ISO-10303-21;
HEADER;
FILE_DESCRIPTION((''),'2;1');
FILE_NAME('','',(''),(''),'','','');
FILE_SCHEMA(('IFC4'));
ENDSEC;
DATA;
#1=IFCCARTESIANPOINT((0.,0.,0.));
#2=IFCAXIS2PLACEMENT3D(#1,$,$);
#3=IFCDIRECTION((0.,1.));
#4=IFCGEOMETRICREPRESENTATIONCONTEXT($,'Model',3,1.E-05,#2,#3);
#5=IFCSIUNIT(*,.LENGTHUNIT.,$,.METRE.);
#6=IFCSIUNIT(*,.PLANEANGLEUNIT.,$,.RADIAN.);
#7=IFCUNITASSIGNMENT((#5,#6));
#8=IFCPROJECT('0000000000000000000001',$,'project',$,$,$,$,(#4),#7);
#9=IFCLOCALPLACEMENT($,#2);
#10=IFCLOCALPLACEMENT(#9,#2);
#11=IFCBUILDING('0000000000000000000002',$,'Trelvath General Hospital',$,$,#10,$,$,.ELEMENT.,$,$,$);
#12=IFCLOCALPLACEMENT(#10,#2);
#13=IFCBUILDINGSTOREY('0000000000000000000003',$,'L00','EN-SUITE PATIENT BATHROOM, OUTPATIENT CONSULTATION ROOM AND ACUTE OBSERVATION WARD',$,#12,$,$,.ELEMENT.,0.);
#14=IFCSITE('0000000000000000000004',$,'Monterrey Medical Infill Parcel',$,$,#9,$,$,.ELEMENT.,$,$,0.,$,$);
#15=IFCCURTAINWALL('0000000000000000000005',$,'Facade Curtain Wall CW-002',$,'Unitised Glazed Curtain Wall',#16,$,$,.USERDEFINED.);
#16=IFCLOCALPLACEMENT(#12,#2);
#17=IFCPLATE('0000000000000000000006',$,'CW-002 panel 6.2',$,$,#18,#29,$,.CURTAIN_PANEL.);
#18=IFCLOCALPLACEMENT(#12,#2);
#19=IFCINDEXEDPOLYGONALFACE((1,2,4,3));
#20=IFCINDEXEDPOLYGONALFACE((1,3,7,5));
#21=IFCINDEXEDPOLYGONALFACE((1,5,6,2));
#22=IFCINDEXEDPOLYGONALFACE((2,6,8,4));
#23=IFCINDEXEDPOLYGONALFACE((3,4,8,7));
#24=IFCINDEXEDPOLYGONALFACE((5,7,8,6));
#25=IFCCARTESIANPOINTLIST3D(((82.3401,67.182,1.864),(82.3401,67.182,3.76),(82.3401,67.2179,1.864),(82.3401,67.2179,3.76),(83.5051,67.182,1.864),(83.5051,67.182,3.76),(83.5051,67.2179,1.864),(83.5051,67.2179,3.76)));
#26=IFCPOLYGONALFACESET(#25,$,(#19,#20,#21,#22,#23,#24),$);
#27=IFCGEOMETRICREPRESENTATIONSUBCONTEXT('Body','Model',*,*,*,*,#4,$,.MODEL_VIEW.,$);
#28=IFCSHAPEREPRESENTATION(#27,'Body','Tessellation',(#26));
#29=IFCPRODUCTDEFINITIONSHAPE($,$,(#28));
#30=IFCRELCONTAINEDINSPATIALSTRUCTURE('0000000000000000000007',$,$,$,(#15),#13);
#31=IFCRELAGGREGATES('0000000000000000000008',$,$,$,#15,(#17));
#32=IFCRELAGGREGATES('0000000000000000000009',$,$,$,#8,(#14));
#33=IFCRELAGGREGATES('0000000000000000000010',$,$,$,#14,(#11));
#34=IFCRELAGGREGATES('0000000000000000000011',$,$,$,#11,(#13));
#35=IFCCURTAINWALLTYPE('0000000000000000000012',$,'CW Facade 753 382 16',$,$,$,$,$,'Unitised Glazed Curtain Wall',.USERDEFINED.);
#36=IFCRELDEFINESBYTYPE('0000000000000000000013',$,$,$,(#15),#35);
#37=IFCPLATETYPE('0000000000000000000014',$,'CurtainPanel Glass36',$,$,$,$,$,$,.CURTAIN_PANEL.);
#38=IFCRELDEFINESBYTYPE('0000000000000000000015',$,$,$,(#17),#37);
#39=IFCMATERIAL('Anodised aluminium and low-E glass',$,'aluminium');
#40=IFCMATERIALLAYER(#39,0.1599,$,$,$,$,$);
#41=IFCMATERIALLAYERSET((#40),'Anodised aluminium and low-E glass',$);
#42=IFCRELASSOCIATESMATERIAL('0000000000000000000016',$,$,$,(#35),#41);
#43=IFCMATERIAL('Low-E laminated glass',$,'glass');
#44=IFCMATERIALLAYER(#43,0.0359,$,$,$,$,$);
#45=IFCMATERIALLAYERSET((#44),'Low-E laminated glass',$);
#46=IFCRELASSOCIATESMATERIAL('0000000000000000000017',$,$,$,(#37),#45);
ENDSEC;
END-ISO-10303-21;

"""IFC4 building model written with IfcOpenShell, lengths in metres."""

from ifc_helpers import new_model, si_unit, direction, frame, origin, origin_2d, place, context, subcontext, project, spatial, rectangle, extrude, material, layer, layer_set, type_object, element, aggregate, save


model = new_model("IFC4")

# Units and contexts
model_context = context("Model", 3, precision=1e-05, world=origin(), true_north=direction((0.0, 1.0)))
body_context = subcontext(model_context, "Body", "Model", "MODEL_VIEW")
ifc_project = project(units=[si_unit("LENGTHUNIT", "METRE"), si_unit("PLANEANGLEUNIT", "RADIAN")], contexts=[model_context])

# Site, building, storey
site_placement = place(None, origin())
site = spatial("IfcSite", under=ifc_project, at=site_placement, Name="Monterrey Medical Infill Parcel", CompositionType="ELEMENT", RefElevation=0.0)
building_placement = place(site_placement, origin())
building = spatial("IfcBuilding", under=site, at=building_placement, Name="Trelvath General Hospital", CompositionType="ELEMENT")
storey_placement = place(building_placement, origin())
storey = spatial("IfcBuildingStorey", under=building, at=storey_placement, Name="L00", Description="EN-SUITE PATIENT BATHROOM, OUTPATIENT CONSULTATION ROOM AND ACUTE OBSERVATION WARD", CompositionType="ELEMENT", Elevation=0.0)

# Curtain wall
ifc_material_1 = material(Name="Anodised aluminium and low-E glass", Category="aluminium")
ifc_layer_1 = layer(ifc_material_1, 0.1599)
ifc_layer_set_1 = layer_set([ifc_layer_1], Name="Anodised aluminium and low-E glass")
curtain_wall_type = type_object("IfcCurtainWallType", Name="CW Facade 753 382 16", ElementType="Unitised Glazed Curtain Wall", PredefinedType="USERDEFINED", material=ifc_layer_set_1)
curtain_wall_placement = place(storey_placement, origin())
curtain_wall = element("IfcCurtainWall", 1, at=curtain_wall_placement, inside=storey, type_object=curtain_wall_type, Name="Facade Curtain Wall CW-002", ObjectType="Unitised Glazed Curtain Wall", PredefinedType="USERDEFINED")

# Plate
ifc_material_2 = material(Name="Low-E laminated glass", Category="glass")
ifc_layer_2 = layer(ifc_material_2, 0.0359)
ifc_layer_set_2 = layer_set([ifc_layer_2], Name="Low-E laminated glass")
plate_type_1 = type_object("IfcPlateType", Name="CurtainPanel Glass36", PredefinedType="CURTAIN_PANEL", material=ifc_layer_set_2)
plate_1_placement = place(storey_placement, frame((82.9226, 67.2, 1.864), z_axis=(0.0, 0.0, 1.0), x_axis=(1.0, 0.0, 0.0)))
plate_1 = element("IfcPlate", 2, at=plate_1_placement, type_object=plate_type_1, Name="CW-002 panel 6.2", PredefinedType="CURTAIN_PANEL", context=body_context, shape_type="SweptSolid", body=[
    extrude(rectangle(XDim=1.165, YDim=0.0359, at=origin_2d()), origin(), (0.0, 0.0, 1.0), 1.896),
])
aggregate(curtain_wall, [plate_1])

save(model, "model.ifc")
